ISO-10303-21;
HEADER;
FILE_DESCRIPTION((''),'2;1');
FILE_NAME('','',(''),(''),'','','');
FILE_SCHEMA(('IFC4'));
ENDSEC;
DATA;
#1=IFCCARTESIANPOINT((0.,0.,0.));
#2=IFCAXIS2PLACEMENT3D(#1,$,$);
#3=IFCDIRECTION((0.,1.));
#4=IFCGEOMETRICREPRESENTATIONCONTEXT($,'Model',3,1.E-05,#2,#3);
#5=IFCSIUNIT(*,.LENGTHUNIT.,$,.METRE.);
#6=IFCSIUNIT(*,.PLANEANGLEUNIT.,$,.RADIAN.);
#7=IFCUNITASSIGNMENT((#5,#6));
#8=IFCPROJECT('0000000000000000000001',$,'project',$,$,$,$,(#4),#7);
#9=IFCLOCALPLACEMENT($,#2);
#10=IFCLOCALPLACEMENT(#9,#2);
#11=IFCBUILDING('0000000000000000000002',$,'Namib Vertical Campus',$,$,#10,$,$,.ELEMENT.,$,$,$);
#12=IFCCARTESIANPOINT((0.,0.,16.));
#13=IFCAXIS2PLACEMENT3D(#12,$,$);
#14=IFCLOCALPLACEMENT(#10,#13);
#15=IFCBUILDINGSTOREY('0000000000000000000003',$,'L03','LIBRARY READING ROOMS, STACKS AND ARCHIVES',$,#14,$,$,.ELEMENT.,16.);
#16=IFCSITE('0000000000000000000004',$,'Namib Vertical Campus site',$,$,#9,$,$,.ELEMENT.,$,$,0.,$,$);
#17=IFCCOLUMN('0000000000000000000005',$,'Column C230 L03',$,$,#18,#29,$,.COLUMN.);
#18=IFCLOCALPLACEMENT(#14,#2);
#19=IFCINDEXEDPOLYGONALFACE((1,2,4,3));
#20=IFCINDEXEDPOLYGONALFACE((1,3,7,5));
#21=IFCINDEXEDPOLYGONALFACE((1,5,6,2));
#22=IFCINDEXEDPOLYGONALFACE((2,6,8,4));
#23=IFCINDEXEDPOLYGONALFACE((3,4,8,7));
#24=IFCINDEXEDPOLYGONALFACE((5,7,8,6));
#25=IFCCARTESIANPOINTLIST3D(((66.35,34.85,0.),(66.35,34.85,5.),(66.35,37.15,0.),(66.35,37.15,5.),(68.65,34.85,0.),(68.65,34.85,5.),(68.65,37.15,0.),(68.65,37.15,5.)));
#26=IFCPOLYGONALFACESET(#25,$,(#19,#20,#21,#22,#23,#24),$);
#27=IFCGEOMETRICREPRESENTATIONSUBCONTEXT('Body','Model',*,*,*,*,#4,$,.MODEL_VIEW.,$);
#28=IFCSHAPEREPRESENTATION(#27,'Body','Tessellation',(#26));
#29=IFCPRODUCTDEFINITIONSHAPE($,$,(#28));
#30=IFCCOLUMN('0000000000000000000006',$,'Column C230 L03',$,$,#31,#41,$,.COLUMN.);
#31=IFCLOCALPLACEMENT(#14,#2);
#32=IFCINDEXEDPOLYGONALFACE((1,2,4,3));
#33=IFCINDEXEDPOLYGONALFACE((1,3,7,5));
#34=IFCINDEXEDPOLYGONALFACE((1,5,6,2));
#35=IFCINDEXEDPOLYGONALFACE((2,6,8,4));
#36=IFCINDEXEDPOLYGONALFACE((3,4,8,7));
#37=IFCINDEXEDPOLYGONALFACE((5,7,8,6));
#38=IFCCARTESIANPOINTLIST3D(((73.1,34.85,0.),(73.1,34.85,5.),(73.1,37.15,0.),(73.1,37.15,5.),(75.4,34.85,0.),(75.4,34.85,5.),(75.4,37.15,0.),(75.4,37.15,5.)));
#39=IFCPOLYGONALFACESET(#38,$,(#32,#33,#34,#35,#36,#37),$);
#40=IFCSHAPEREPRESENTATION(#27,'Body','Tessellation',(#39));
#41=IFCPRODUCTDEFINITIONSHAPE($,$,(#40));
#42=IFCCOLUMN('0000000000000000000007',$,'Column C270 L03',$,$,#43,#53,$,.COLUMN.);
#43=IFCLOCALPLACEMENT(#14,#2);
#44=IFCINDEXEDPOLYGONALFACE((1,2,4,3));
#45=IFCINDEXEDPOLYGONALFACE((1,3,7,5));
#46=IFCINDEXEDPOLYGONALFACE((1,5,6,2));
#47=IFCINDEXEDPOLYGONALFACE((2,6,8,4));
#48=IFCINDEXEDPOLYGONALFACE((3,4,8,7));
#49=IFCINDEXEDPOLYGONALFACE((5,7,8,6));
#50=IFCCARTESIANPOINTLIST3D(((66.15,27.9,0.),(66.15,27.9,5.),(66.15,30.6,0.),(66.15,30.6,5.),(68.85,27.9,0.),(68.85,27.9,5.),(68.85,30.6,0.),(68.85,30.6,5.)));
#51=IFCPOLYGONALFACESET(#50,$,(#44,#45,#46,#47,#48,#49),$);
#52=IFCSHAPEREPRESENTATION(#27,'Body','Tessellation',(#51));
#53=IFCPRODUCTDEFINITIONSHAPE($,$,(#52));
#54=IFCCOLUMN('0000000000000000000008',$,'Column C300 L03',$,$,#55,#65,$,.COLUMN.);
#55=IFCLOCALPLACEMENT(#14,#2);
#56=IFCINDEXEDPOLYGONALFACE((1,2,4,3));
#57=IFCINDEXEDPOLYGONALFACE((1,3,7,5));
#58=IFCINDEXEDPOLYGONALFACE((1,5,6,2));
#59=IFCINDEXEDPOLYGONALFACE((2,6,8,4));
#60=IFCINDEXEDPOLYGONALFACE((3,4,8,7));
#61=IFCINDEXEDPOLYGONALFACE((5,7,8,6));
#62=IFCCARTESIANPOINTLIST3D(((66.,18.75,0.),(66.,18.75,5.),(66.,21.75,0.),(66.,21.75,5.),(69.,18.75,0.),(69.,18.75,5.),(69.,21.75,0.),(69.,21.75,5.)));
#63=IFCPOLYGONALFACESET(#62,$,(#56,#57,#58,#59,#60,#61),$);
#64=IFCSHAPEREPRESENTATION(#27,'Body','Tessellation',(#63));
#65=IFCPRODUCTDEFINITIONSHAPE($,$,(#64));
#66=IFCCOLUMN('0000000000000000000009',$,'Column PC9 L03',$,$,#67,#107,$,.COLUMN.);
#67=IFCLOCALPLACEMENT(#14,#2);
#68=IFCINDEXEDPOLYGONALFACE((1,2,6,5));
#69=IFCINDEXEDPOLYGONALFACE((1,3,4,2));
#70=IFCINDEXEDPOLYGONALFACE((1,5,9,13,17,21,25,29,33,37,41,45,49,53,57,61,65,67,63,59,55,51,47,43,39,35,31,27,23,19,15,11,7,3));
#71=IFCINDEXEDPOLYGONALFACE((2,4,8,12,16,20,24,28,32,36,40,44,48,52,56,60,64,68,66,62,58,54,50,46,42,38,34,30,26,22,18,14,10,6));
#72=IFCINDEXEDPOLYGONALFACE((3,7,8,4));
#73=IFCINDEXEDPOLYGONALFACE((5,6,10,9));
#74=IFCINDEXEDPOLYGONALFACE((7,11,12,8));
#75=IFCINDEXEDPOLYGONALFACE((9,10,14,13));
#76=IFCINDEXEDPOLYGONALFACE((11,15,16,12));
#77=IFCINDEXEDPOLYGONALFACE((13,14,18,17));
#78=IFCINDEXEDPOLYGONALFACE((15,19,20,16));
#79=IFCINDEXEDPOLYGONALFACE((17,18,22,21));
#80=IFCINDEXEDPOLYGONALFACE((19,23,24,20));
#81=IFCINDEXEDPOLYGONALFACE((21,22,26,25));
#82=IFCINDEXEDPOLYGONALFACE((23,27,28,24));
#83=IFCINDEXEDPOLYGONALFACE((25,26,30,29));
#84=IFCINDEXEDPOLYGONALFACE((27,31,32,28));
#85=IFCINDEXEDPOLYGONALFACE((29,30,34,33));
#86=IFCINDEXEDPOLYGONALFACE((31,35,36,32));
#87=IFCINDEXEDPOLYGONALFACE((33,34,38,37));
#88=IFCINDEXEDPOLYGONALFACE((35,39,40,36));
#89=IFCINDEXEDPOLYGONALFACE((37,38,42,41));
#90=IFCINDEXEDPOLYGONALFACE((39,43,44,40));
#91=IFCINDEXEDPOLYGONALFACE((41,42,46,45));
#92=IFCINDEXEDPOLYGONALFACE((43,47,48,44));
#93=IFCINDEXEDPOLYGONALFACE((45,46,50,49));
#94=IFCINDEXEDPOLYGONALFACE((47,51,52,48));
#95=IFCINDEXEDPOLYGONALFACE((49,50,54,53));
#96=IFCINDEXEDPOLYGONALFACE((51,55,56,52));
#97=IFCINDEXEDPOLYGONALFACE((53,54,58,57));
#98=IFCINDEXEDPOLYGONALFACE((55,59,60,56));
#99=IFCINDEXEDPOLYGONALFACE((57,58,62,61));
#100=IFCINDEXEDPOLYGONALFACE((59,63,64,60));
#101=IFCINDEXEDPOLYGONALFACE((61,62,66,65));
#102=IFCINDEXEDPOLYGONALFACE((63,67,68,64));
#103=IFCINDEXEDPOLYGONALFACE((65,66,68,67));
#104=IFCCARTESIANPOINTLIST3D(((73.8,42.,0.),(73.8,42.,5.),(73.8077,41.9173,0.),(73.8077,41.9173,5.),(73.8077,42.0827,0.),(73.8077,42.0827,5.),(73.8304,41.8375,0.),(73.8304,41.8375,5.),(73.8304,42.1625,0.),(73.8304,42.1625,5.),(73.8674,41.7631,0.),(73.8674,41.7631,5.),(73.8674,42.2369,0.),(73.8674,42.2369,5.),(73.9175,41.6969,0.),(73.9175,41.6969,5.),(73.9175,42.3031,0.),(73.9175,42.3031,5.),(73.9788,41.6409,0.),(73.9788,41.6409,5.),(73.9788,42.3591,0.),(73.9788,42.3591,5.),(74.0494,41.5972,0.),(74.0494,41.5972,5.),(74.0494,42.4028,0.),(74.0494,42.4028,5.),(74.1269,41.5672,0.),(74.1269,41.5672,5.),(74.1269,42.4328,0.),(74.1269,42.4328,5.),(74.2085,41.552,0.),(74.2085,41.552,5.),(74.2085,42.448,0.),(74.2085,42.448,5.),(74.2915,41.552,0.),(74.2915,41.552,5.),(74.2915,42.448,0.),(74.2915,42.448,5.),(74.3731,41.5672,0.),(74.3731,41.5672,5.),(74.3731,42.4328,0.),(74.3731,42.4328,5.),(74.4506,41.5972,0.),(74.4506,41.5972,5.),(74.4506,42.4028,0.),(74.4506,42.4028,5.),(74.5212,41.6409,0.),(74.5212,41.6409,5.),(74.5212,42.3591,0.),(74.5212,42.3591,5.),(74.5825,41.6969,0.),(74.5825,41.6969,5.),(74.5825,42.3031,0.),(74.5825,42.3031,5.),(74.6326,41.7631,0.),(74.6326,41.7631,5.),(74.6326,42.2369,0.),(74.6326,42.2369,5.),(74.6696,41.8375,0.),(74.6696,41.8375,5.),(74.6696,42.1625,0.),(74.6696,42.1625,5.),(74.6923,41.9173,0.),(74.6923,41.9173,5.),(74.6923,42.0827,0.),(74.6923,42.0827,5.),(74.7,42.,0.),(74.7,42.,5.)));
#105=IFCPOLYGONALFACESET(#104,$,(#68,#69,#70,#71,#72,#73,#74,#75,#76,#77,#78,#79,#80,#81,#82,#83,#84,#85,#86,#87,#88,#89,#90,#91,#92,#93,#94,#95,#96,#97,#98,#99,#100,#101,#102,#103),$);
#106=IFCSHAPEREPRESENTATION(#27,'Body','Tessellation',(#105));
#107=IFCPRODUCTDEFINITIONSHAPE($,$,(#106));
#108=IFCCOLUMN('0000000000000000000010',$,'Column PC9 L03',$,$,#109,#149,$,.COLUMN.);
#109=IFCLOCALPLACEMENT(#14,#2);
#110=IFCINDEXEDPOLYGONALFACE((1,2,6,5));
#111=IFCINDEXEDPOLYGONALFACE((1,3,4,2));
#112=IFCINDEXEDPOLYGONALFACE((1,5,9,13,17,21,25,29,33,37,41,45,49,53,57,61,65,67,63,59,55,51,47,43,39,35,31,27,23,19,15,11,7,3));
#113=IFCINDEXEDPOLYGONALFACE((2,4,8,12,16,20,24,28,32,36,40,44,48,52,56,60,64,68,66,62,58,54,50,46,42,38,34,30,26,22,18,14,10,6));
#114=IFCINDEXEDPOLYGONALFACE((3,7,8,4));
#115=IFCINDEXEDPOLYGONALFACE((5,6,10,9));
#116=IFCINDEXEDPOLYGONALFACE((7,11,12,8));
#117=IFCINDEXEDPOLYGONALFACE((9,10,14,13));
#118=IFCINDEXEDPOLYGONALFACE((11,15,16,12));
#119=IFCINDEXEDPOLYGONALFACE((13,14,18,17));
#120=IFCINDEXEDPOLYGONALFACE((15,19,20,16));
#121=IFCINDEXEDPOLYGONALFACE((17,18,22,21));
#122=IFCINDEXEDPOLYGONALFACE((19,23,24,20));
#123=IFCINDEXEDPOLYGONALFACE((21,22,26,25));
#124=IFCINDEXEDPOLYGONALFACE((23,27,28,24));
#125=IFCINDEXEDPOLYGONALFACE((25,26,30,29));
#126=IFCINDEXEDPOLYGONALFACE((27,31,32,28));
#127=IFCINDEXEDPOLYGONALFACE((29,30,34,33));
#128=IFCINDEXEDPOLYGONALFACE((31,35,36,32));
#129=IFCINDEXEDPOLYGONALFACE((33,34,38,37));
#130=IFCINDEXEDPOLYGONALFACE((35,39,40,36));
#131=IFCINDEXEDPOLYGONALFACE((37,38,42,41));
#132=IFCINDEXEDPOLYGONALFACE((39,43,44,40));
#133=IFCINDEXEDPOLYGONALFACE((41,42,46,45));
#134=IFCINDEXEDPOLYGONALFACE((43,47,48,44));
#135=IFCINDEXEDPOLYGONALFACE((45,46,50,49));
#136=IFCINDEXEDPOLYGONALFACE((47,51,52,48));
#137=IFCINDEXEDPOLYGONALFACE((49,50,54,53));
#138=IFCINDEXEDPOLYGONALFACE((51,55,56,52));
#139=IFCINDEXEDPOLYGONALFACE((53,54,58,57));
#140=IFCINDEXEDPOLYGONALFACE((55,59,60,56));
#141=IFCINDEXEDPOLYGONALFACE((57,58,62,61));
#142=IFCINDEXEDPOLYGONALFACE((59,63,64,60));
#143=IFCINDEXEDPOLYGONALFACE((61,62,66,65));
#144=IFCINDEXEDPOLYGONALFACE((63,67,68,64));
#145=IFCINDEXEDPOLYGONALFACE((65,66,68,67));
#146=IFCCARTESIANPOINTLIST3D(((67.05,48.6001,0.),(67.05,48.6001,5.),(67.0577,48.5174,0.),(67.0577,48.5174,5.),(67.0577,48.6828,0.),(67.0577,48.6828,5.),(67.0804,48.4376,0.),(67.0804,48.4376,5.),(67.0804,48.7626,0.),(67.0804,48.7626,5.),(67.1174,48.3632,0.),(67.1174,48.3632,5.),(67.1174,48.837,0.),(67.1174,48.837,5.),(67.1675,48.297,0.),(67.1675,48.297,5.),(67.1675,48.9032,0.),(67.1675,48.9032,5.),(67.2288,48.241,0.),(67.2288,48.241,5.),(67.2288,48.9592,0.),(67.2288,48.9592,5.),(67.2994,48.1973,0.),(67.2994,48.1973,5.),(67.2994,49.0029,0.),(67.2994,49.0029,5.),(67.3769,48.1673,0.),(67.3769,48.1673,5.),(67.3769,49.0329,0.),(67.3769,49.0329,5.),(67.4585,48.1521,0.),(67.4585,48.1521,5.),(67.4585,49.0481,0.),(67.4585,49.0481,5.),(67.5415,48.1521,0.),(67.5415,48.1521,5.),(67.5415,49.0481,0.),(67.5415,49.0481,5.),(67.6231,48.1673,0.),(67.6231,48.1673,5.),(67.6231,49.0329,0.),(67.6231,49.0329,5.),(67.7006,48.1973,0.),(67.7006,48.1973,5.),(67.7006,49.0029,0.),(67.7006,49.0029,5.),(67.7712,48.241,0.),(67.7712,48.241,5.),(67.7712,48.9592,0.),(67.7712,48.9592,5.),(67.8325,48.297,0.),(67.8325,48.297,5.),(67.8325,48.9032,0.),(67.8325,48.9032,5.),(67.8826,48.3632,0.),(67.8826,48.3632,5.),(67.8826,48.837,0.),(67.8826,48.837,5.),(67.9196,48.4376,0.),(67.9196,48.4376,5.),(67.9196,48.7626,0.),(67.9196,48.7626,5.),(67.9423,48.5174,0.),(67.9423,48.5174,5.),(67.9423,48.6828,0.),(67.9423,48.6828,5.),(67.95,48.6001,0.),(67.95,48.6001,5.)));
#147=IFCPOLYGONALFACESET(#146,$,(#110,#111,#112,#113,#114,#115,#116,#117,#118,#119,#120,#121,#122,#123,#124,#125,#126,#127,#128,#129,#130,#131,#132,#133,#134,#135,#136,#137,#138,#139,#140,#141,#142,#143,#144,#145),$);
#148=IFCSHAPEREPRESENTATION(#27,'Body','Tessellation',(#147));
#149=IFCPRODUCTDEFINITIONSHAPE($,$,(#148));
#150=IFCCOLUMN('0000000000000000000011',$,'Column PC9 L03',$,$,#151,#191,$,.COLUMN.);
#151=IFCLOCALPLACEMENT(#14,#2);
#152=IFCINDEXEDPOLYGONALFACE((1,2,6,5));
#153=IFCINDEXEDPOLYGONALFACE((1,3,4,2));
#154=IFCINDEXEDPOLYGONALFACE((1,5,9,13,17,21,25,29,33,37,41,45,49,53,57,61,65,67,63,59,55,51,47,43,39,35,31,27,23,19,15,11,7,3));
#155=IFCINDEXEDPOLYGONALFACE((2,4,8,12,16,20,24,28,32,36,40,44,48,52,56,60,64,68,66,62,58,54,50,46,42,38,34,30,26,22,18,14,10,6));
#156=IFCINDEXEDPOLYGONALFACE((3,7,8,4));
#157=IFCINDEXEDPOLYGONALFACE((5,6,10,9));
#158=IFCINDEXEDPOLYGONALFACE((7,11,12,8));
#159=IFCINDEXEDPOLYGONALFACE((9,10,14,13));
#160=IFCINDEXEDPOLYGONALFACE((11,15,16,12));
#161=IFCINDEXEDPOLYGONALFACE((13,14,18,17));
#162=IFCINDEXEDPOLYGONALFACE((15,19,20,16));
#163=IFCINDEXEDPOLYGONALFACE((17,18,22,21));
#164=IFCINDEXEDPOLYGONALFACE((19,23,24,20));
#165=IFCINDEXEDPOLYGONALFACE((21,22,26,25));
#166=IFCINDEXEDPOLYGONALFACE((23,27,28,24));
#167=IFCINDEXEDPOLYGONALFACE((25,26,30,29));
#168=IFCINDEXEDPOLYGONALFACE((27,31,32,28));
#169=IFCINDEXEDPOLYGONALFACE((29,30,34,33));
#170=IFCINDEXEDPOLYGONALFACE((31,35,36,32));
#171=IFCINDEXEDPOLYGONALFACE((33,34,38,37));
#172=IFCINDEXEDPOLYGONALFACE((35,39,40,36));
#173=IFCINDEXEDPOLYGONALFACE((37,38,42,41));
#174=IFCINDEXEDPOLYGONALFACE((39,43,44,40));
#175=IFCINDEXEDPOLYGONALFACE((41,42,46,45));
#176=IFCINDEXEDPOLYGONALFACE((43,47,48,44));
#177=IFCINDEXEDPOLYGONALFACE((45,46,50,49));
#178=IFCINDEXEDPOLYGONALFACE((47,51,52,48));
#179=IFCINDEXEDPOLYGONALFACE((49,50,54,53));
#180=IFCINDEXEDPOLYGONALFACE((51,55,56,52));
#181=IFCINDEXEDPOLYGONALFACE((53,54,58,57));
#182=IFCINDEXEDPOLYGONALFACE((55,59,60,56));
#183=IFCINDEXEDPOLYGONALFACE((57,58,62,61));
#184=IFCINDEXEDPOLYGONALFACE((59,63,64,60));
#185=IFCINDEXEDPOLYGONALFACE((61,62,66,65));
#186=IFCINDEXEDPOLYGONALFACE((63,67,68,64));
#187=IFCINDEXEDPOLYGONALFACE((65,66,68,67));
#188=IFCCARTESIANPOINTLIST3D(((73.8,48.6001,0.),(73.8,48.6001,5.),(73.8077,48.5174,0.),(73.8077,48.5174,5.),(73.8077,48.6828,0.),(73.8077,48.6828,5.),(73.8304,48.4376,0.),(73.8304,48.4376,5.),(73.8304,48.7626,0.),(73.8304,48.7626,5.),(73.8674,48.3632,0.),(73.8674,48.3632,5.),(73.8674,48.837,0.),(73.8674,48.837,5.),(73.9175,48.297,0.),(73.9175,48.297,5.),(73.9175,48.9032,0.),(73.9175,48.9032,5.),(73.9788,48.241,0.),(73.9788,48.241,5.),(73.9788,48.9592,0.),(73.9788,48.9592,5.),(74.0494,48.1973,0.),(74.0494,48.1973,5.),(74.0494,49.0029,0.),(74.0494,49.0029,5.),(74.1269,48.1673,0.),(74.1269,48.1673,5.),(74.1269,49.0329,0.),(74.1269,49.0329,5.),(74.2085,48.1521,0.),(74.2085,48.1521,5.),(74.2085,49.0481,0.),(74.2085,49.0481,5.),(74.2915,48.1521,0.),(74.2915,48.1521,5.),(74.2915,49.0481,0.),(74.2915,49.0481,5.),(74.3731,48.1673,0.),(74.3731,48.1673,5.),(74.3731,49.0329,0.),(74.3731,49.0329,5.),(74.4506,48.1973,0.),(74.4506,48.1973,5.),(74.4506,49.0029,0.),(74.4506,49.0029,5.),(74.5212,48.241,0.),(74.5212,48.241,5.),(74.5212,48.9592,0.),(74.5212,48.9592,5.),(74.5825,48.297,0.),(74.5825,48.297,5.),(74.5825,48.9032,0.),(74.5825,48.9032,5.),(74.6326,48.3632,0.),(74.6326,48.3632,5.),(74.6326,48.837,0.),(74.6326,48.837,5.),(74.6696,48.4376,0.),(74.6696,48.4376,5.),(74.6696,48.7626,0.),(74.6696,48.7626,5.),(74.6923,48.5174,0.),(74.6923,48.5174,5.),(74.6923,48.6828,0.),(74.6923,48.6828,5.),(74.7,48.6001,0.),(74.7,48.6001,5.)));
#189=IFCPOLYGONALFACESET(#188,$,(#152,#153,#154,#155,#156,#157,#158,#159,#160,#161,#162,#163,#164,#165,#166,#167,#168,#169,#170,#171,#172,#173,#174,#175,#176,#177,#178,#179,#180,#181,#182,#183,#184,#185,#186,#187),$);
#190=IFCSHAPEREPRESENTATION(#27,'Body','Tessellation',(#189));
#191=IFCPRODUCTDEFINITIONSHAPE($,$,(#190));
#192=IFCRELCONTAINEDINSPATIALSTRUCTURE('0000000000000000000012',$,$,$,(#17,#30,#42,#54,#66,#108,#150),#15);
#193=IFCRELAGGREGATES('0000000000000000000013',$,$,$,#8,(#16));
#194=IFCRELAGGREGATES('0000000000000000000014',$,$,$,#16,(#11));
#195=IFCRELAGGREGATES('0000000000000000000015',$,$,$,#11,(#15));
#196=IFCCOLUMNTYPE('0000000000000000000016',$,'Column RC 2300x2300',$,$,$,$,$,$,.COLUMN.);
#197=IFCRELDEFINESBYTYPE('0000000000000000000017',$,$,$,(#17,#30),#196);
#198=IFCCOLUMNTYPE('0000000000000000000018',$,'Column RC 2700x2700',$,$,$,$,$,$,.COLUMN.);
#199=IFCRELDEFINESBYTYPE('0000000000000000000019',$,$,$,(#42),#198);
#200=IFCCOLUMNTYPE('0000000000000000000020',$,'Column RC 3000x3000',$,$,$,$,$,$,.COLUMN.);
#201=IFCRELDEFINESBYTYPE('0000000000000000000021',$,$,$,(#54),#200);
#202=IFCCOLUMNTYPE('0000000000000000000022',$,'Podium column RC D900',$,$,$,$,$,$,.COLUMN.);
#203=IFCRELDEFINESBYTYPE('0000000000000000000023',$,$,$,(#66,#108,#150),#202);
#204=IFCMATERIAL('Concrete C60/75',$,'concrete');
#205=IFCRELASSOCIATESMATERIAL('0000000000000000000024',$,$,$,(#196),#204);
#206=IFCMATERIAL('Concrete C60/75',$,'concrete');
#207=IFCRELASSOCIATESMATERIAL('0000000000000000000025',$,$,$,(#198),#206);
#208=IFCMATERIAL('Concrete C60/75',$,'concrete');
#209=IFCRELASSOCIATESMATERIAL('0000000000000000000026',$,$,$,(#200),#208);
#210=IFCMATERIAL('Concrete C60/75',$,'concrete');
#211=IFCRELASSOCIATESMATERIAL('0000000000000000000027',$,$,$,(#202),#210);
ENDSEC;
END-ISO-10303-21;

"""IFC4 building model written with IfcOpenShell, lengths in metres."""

from ifc_helpers import new_model, si_unit, direction, frame, origin, origin_2d, place, context, subcontext, project, spatial, rectangle, circle, extrude, material, material_profile, profile_set, type_object, element, save


model = new_model("IFC4")

# Units and contexts
model_context = context("Model", 3, precision=1e-05, world=origin(), true_north=direction((0.0, 1.0)))
body_context = subcontext(model_context, "Body", "Model", "MODEL_VIEW")
ifc_project = project(units=[si_unit("LENGTHUNIT", "METRE"), si_unit("PLANEANGLEUNIT", "RADIAN")], contexts=[model_context])

# Site, building, storey
site_placement = place(None, origin())
site = spatial("IfcSite", under=ifc_project, at=site_placement, Name="Namib Vertical Campus site", CompositionType="ELEMENT", RefElevation=0.0)
building_placement = place(site_placement, origin())
building = spatial("IfcBuilding", under=site, at=building_placement, Name="Namib Vertical Campus", CompositionType="ELEMENT")
storey_placement = place(building_placement, frame((0.0, 0.0, 16.0)))
storey = spatial("IfcBuildingStorey", under=building, at=storey_placement, Name="L03", Description="LIBRARY READING ROOMS, STACKS AND ARCHIVES", CompositionType="ELEMENT", Elevation=16.0)

# Columns
ifc_material_1 = material(Name="Concrete C60/75", Category="concrete")
ifc_material_profile_1 = material_profile(ifc_material_1, rectangle(XDim=2.3, YDim=2.3, at=origin_2d()))
ifc_profile_set_1 = profile_set([ifc_material_profile_1], Name="Concrete C60/75")
column_type_1 = type_object("IfcColumnType", Name="Column RC 2300x2300", PredefinedType="COLUMN", material=ifc_profile_set_1)
for number, where, z_axis, x_axis, name in (
    (1, (67.5, 36.0, 0.0), (0.0, 0.0, 1.0), (1.0, 0.0, 0.0), "Column C230 L03"),
    (2, (74.25, 36.0, 0.0), (0.0, 0.0, 1.0), (1.0, 0.0, 0.0), "Column C230 L03"),
):
    element("IfcColumn", number, at=place(storey_placement, frame(where, z_axis=z_axis, x_axis=x_axis)), inside=storey, type_object=column_type_1, Name=name, PredefinedType="COLUMN", context=body_context, shape_type="SweptSolid", body=[
        extrude(rectangle(XDim=2.3, YDim=2.3, at=origin_2d()), origin(), (0.0, 0.0, 1.0), 5.0),
    ])
ifc_material_2 = material(Name="Concrete C60/75", Category="concrete")
ifc_material_profile_2 = material_profile(ifc_material_2, rectangle(XDim=2.7, YDim=2.7, at=origin_2d()))
ifc_profile_set_2 = profile_set([ifc_material_profile_2], Name="Concrete C60/75")
column_type_2 = type_object("IfcColumnType", Name="Column RC 2700x2700", PredefinedType="COLUMN", material=ifc_profile_set_2)
column_1_placement = place(storey_placement, frame((67.5, 29.25, 0.0), z_axis=(0.0, 0.0, 1.0), x_axis=(1.0, 0.0, 0.0)))
element("IfcColumn", 3, at=column_1_placement, inside=storey, type_object=column_type_2, Name="Column C270 L03", PredefinedType="COLUMN", context=body_context, shape_type="SweptSolid", body=[
    extrude(rectangle(XDim=2.7, YDim=2.7, at=origin_2d()), origin(), (0.0, 0.0, 1.0), 5.0),
])
ifc_material_3 = material(Name="Concrete C60/75", Category="concrete")
ifc_material_profile_3 = material_profile(ifc_material_3, rectangle(XDim=3.0, YDim=3.0, at=origin_2d()))
ifc_profile_set_3 = profile_set([ifc_material_profile_3], Name="Concrete C60/75")
column_type_3 = type_object("IfcColumnType", Name="Column RC 3000x3000", PredefinedType="COLUMN", material=ifc_profile_set_3)
column_2_placement = place(storey_placement, frame((67.5, 20.25, 0.0), z_axis=(0.0, 0.0, 1.0), x_axis=(1.0, 0.0, 0.0)))
element("IfcColumn", 4, at=column_2_placement, inside=storey, type_object=column_type_3, Name="Column C300 L03", PredefinedType="COLUMN", context=body_context, shape_type="SweptSolid", body=[
    extrude(rectangle(XDim=3.0, YDim=3.0, at=origin_2d()), origin(), (0.0, 0.0, 1.0), 5.0),
])
ifc_material_4 = material(Name="Concrete C60/75", Category="concrete")
ifc_material_profile_4 = material_profile(ifc_material_4, circle(Radius=0.45, at=origin_2d()))
ifc_profile_set_4 = profile_set([ifc_material_profile_4], Name="Concrete C60/75")
column_type_4 = type_object("IfcColumnType", Name="Podium column RC D900", PredefinedType="COLUMN", material=ifc_profile_set_4)
for number, where, z_axis, x_axis, name in (
    (5, (74.25, 42.0, 0.0), (0.0, 0.0, 1.0), (1.0, 0.0, 0.0), "Column PC9 L03"),
    (6, (67.5, 48.6001, 0.0), (0.0, 0.0, 1.0), (1.0, 0.0, 0.0), "Column PC9 L03"),
    (7, (74.25, 48.6001, 0.0), (0.0, 0.0, 1.0), (1.0, 0.0, 0.0), "Column PC9 L03"),
):
    element("IfcColumn", number, at=place(storey_placement, frame(where, z_axis=z_axis, x_axis=x_axis)), inside=storey, type_object=column_type_4, Name=name, PredefinedType="COLUMN", context=body_context, shape_type="SweptSolid", body=[
        extrude(circle(Radius=0.45, at=origin_2d()), origin(), (0.0, 0.0, 1.0), 5.0),
    ])

save(model, "model.ifc")
